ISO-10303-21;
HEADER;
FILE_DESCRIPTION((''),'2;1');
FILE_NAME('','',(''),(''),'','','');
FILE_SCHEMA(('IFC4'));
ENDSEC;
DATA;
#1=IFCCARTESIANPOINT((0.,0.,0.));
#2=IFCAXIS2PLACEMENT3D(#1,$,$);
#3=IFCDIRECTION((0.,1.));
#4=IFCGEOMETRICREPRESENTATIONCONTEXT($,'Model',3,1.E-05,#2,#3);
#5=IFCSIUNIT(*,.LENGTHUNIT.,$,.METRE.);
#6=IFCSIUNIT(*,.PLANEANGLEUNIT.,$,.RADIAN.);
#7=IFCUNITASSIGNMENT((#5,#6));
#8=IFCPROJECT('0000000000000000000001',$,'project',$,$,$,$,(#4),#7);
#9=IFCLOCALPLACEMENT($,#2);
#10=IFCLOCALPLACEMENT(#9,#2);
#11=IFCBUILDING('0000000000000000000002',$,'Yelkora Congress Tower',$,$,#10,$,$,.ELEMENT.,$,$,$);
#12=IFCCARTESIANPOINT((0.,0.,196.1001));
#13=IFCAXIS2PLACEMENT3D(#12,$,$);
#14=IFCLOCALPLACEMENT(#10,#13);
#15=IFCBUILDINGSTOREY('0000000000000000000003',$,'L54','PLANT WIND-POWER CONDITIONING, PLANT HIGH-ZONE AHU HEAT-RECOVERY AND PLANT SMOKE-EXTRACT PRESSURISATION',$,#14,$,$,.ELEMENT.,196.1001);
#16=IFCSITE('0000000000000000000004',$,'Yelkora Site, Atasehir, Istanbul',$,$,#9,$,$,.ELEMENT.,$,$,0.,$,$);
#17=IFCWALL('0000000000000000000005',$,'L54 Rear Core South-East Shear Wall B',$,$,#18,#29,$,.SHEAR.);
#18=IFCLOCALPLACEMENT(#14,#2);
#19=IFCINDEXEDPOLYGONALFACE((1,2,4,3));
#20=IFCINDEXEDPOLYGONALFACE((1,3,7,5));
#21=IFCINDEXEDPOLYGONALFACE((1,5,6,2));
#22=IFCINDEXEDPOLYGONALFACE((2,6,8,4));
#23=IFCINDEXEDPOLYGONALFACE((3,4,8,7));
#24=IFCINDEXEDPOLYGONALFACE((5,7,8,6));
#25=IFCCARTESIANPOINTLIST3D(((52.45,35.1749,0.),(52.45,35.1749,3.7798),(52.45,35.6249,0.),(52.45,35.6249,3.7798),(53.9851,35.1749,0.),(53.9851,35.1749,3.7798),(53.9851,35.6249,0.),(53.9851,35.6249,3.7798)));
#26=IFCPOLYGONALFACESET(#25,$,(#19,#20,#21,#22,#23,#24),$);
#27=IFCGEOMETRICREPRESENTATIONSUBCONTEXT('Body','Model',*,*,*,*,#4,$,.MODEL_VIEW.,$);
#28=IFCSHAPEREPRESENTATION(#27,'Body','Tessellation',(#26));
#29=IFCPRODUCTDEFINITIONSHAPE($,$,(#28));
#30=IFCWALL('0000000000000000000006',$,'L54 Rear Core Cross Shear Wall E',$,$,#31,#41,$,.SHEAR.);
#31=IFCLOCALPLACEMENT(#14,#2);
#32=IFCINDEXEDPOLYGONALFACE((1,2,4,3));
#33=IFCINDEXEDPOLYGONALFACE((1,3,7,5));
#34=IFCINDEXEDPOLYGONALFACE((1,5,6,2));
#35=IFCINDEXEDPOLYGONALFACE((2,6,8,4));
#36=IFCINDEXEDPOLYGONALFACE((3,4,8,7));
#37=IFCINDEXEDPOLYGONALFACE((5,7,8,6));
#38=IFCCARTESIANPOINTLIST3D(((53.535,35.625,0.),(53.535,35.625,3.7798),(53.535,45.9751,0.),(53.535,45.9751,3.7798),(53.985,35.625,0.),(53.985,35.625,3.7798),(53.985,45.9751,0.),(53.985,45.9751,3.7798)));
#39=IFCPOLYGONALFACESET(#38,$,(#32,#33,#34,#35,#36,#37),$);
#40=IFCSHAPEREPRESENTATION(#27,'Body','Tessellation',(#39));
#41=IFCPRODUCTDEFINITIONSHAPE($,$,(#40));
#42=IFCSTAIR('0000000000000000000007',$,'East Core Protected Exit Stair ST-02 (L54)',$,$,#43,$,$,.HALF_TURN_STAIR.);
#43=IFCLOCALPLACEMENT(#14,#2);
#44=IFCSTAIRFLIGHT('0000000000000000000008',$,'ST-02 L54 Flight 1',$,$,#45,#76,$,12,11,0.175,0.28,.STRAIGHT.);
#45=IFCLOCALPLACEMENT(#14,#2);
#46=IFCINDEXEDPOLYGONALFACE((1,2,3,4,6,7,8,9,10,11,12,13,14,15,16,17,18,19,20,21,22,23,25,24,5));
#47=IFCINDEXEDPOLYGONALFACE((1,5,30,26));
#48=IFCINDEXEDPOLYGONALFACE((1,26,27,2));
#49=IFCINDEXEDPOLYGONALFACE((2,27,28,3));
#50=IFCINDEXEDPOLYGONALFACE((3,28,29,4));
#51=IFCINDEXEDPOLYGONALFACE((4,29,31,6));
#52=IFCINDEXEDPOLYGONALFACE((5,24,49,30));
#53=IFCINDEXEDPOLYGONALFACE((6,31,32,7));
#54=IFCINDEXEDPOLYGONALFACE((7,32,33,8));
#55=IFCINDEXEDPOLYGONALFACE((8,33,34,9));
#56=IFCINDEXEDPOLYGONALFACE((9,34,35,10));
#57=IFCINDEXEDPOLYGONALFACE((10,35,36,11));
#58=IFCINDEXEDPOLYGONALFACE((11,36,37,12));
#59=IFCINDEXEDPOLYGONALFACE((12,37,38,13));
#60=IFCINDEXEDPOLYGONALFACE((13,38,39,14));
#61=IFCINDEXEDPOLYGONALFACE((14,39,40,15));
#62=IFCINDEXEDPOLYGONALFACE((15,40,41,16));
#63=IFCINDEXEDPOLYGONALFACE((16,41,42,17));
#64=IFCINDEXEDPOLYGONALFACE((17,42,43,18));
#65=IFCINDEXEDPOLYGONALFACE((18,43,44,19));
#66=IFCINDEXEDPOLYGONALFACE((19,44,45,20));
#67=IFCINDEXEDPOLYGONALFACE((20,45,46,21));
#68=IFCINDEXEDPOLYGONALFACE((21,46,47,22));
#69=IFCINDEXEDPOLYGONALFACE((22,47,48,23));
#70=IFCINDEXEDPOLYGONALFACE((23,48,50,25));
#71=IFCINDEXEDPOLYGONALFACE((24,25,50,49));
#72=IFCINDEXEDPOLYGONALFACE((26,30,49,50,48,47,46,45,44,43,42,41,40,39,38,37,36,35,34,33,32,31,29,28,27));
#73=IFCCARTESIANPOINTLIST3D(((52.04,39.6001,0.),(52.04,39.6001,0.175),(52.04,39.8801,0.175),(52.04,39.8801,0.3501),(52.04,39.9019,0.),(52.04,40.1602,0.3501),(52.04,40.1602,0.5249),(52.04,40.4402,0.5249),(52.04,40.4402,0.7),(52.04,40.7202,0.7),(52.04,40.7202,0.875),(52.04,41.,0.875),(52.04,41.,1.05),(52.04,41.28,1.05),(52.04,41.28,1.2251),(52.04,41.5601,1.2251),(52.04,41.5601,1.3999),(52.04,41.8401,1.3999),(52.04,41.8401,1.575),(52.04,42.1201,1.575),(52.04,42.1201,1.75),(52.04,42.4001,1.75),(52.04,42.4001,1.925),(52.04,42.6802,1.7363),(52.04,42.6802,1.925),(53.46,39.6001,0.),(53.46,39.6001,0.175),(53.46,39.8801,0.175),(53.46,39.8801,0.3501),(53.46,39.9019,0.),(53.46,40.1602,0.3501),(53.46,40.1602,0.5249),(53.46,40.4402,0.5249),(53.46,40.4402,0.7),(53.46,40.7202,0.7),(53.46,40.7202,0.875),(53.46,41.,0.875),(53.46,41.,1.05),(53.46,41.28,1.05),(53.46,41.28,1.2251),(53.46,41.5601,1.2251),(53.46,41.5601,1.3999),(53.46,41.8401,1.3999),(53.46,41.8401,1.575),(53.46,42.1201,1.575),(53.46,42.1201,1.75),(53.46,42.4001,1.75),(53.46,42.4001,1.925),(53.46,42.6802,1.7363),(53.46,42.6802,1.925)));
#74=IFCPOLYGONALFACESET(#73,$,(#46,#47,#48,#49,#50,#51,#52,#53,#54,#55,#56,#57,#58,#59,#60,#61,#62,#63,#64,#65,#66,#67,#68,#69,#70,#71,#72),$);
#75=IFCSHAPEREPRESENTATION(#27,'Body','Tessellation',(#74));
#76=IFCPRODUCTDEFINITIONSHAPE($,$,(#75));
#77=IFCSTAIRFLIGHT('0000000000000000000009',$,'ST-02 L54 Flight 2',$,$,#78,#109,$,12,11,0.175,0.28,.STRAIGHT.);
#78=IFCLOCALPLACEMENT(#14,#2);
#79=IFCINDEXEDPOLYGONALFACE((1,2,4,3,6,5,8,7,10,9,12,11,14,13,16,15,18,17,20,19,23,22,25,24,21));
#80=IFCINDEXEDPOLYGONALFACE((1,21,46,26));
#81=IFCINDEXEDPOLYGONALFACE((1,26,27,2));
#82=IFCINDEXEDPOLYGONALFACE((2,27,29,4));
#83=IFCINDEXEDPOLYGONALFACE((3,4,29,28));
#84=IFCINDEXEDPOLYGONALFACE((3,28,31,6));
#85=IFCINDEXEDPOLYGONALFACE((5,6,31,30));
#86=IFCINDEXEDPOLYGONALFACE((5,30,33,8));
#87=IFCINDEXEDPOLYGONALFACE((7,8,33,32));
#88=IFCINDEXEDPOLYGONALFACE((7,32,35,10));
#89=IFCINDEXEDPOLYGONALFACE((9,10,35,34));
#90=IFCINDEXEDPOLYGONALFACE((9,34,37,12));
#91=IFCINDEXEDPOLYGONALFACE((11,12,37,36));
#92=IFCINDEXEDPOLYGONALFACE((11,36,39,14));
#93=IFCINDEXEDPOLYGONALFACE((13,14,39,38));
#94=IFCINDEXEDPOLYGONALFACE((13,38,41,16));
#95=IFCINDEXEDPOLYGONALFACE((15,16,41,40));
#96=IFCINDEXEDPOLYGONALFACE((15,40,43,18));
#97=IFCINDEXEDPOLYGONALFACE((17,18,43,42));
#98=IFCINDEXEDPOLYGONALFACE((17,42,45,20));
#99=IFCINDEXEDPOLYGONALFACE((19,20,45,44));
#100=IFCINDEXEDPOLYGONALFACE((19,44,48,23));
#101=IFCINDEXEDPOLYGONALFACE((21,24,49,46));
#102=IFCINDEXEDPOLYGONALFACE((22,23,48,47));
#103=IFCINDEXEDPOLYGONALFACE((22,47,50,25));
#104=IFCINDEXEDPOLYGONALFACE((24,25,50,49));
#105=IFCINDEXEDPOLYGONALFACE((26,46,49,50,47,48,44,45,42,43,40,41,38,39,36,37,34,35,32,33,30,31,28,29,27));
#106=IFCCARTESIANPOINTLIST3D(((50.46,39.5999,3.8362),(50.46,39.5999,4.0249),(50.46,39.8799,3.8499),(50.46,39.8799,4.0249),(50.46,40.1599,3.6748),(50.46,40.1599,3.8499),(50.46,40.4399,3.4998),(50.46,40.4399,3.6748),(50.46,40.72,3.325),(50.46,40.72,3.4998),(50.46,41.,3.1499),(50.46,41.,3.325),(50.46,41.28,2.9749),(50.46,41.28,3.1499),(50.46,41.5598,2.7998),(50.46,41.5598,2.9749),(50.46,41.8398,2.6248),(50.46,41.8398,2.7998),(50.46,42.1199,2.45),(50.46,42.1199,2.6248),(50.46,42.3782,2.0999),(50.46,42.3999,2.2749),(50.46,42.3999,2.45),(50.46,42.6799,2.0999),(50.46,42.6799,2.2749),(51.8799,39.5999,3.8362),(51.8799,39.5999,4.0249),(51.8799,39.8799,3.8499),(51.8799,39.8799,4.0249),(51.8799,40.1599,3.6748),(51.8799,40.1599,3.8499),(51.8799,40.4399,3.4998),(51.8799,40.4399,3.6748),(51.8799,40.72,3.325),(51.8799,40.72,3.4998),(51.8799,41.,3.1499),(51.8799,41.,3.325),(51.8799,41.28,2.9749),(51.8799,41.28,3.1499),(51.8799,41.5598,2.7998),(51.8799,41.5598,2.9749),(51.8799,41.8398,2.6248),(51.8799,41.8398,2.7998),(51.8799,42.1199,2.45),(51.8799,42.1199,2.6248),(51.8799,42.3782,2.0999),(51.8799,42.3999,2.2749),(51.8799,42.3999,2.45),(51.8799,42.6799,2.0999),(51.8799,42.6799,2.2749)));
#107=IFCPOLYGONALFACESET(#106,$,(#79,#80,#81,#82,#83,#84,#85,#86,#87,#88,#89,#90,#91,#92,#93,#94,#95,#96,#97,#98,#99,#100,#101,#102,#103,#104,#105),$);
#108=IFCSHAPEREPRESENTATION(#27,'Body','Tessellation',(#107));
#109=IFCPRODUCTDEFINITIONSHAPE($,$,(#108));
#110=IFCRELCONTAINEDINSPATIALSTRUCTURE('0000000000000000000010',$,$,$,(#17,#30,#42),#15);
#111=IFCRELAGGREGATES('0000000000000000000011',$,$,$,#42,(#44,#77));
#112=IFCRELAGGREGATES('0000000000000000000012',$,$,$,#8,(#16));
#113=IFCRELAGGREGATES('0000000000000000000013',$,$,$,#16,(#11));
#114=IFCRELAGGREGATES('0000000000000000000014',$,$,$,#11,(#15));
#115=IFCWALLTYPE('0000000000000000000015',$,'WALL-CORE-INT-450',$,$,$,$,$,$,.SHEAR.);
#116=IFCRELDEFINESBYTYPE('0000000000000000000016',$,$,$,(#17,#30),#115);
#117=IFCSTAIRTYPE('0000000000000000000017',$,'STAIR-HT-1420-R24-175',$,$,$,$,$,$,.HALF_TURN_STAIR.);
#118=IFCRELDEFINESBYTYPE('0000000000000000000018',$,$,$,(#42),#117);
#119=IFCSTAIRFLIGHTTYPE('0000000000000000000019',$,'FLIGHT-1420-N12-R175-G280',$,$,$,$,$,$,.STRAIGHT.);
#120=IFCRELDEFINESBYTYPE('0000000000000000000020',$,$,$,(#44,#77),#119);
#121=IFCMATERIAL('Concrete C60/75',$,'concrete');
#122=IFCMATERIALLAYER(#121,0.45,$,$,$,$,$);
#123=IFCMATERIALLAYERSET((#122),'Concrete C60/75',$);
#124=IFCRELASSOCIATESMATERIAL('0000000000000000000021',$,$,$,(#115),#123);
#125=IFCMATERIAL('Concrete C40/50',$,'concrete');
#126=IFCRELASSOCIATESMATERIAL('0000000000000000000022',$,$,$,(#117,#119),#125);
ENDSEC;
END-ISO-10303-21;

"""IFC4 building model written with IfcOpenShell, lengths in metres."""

from ifc_helpers import new_model, si_unit, direction, frame, frame_2d, origin, place, context, subcontext, project, spatial, polyline, rectangle, outline, extrude, material, layer, layer_set, type_object, element, aggregate, save


model = new_model("IFC4")

# Units and contexts
model_context = context("Model", 3, precision=1e-05, world=origin(), true_north=direction((0.0, 1.0)))
body_context = subcontext(model_context, "Body", "Model", "MODEL_VIEW")
ifc_project = project(units=[si_unit("LENGTHUNIT", "METRE"), si_unit("PLANEANGLEUNIT", "RADIAN")], contexts=[model_context])

# Site, building, storey
site_placement = place(None, origin())
site = spatial("IfcSite", under=ifc_project, at=site_placement, Name="Yelkora Site, Atasehir, Istanbul", CompositionType="ELEMENT", RefElevation=0.0)
building_placement = place(site_placement, origin())
building = spatial("IfcBuilding", under=site, at=building_placement, Name="Yelkora Congress Tower", CompositionType="ELEMENT")
storey_placement = place(building_placement, frame((0.0, 0.0, 196.1001)))
storey = spatial("IfcBuildingStorey", under=building, at=storey_placement, Name="L54", Description="PLANT WIND-POWER CONDITIONING, PLANT HIGH-ZONE AHU HEAT-RECOVERY AND PLANT SMOKE-EXTRACT PRESSURISATION", CompositionType="ELEMENT", Elevation=196.1001)

# Walls
ifc_material_1 = material(Name="Concrete C60/75", Category="concrete")
ifc_layer_1 = layer(ifc_material_1, 0.45)
ifc_layer_set_1 = layer_set([ifc_layer_1], Name="Concrete C60/75")
wall_type_1 = type_object("IfcWallType", Name="WALL-CORE-INT-450", PredefinedType="SHEAR", material=ifc_layer_set_1)
wall_1_placement = place(storey_placement, frame((52.45, 35.3999, 0.0), z_axis=(0.0, 0.0, 1.0), x_axis=(1.0, 0.0, 0.0)))
element("IfcWall", 1, at=wall_1_placement, inside=storey, type_object=wall_type_1, Name="L54 Rear Core South-East Shear Wall B", PredefinedType="SHEAR", context=body_context, shape_type="SweptSolid", body=[
    extrude(rectangle(XDim=1.5352, YDim=0.45, at=frame_2d((0.7676, 0.0))), origin(), (0.0, 0.0, 1.0), 3.7798),
])
wall_2_placement = place(storey_placement, frame((53.76, 35.625, 0.0), z_axis=(0.0, 0.0, 1.0), x_axis=(0.0, 1.0, 0.0)))
element("IfcWall", 2, at=wall_2_placement, inside=storey, type_object=wall_type_1, Name="L54 Rear Core Cross Shear Wall E", PredefinedType="SHEAR", context=body_context, shape_type="SweptSolid", body=[
    extrude(rectangle(XDim=10.3501, YDim=0.45, at=frame_2d((5.175, 0.0))), origin(), (0.0, 0.0, 1.0), 3.7798),
])

# Stair, stair flights
ifc_material_2 = material(Name="Concrete C40/50", Category="concrete")
stair_type = type_object("IfcStairType", Name="STAIR-HT-1420-R24-175", PredefinedType="HALF_TURN_STAIR", material=ifc_material_2)
stair_placement = place(storey_placement, origin())
stair = element("IfcStair", 3, at=stair_placement, inside=storey, type_object=stair_type, Name="East Core Protected Exit Stair ST-02 (L54)", PredefinedType="HALF_TURN_STAIR")
stair_flight_type = type_object("IfcStairFlightType", Name="FLIGHT-1420-N12-R175-G280", PredefinedType="STRAIGHT", material=ifc_material_2)
stair_flight_1_placement = place(storey_placement, frame((52.75, 39.6001, 0.0), z_axis=(0.0, 0.0, 1.0), x_axis=(0.0, 1.0, 0.0)))
stair_flight_1 = element("IfcStairFlight", 4, at=stair_flight_1_placement, type_object=stair_flight_type, Name="ST-02 L54 Flight 1", NumberOfRisers=12, NumberOfTreads=11, PredefinedType="STRAIGHT", RiserHeight=0.175, TreadLength=0.28, context=body_context, shape_type="SweptSolid", body=[
    extrude(outline(polyline([(0.0, 0.0), (0.0, 0.175), (0.28, 0.175), (0.28, 0.3501), (0.5601, 0.3501), (0.5601, 0.5249), (0.8401, 0.5249), (0.8401, 0.7), (1.1201, 0.7), (1.1201, 0.875), (1.3999, 0.875), (1.3999, 1.05), (1.6799, 1.05), (1.6799, 1.2251), (1.96, 1.2251), (1.96, 1.3999), (2.24, 1.3999), (2.24, 1.575), (2.52, 1.575), (2.52, 1.75), (2.8, 1.75), (2.8, 1.925), (3.0801, 1.925), (3.0801, 2.1001), (3.0801, 1.7363), (0.3018, 0.0), (0.0, 0.0)])), frame((0.0, 0.71, 0.0), z_axis=(0.0, -1.0, 0.0), x_axis=(1.0, 0.0, 0.0)), (0.0, 0.0, 1.0), 1.4199),
])
stair_flight_2_placement = place(storey_placement, frame((51.1699, 42.6799, 2.0999), z_axis=(0.0, 0.0, 1.0), x_axis=(0.0, -1.0, 0.0)))
stair_flight_2 = element("IfcStairFlight", 5, at=stair_flight_2_placement, type_object=stair_flight_type, Name="ST-02 L54 Flight 2", NumberOfRisers=12, NumberOfTreads=11, PredefinedType="STRAIGHT", RiserHeight=0.175, TreadLength=0.28, context=body_context, shape_type="SweptSolid", body=[
    extrude(outline(polyline([(0.0, 0.0), (0.0, 0.175), (0.28, 0.175), (0.28, 0.3501), (0.5601, 0.3501), (0.5601, 0.5249), (0.8401, 0.5249), (0.8401, 0.7), (1.1201, 0.7), (1.1201, 0.875), (1.3999, 0.875), (1.3999, 1.05), (1.6799, 1.05), (1.6799, 1.2251), (1.96, 1.2251), (1.96, 1.3999), (2.24, 1.3999), (2.24, 1.575), (2.52, 1.575), (2.52, 1.75), (2.8, 1.75), (2.8, 1.925), (3.0801, 1.925), (3.0801, 2.1001), (3.0801, 1.7363), (0.3018, 0.0), (0.0, 0.0)])), frame((0.0, 0.71, 0.0), z_axis=(0.0, -1.0, 0.0), x_axis=(1.0, 0.0, 0.0)), (0.0, 0.0, 1.0), 1.4199),
])
aggregate(stair, [stair_flight_1, stair_flight_2])

save(model, "model.ifc")
